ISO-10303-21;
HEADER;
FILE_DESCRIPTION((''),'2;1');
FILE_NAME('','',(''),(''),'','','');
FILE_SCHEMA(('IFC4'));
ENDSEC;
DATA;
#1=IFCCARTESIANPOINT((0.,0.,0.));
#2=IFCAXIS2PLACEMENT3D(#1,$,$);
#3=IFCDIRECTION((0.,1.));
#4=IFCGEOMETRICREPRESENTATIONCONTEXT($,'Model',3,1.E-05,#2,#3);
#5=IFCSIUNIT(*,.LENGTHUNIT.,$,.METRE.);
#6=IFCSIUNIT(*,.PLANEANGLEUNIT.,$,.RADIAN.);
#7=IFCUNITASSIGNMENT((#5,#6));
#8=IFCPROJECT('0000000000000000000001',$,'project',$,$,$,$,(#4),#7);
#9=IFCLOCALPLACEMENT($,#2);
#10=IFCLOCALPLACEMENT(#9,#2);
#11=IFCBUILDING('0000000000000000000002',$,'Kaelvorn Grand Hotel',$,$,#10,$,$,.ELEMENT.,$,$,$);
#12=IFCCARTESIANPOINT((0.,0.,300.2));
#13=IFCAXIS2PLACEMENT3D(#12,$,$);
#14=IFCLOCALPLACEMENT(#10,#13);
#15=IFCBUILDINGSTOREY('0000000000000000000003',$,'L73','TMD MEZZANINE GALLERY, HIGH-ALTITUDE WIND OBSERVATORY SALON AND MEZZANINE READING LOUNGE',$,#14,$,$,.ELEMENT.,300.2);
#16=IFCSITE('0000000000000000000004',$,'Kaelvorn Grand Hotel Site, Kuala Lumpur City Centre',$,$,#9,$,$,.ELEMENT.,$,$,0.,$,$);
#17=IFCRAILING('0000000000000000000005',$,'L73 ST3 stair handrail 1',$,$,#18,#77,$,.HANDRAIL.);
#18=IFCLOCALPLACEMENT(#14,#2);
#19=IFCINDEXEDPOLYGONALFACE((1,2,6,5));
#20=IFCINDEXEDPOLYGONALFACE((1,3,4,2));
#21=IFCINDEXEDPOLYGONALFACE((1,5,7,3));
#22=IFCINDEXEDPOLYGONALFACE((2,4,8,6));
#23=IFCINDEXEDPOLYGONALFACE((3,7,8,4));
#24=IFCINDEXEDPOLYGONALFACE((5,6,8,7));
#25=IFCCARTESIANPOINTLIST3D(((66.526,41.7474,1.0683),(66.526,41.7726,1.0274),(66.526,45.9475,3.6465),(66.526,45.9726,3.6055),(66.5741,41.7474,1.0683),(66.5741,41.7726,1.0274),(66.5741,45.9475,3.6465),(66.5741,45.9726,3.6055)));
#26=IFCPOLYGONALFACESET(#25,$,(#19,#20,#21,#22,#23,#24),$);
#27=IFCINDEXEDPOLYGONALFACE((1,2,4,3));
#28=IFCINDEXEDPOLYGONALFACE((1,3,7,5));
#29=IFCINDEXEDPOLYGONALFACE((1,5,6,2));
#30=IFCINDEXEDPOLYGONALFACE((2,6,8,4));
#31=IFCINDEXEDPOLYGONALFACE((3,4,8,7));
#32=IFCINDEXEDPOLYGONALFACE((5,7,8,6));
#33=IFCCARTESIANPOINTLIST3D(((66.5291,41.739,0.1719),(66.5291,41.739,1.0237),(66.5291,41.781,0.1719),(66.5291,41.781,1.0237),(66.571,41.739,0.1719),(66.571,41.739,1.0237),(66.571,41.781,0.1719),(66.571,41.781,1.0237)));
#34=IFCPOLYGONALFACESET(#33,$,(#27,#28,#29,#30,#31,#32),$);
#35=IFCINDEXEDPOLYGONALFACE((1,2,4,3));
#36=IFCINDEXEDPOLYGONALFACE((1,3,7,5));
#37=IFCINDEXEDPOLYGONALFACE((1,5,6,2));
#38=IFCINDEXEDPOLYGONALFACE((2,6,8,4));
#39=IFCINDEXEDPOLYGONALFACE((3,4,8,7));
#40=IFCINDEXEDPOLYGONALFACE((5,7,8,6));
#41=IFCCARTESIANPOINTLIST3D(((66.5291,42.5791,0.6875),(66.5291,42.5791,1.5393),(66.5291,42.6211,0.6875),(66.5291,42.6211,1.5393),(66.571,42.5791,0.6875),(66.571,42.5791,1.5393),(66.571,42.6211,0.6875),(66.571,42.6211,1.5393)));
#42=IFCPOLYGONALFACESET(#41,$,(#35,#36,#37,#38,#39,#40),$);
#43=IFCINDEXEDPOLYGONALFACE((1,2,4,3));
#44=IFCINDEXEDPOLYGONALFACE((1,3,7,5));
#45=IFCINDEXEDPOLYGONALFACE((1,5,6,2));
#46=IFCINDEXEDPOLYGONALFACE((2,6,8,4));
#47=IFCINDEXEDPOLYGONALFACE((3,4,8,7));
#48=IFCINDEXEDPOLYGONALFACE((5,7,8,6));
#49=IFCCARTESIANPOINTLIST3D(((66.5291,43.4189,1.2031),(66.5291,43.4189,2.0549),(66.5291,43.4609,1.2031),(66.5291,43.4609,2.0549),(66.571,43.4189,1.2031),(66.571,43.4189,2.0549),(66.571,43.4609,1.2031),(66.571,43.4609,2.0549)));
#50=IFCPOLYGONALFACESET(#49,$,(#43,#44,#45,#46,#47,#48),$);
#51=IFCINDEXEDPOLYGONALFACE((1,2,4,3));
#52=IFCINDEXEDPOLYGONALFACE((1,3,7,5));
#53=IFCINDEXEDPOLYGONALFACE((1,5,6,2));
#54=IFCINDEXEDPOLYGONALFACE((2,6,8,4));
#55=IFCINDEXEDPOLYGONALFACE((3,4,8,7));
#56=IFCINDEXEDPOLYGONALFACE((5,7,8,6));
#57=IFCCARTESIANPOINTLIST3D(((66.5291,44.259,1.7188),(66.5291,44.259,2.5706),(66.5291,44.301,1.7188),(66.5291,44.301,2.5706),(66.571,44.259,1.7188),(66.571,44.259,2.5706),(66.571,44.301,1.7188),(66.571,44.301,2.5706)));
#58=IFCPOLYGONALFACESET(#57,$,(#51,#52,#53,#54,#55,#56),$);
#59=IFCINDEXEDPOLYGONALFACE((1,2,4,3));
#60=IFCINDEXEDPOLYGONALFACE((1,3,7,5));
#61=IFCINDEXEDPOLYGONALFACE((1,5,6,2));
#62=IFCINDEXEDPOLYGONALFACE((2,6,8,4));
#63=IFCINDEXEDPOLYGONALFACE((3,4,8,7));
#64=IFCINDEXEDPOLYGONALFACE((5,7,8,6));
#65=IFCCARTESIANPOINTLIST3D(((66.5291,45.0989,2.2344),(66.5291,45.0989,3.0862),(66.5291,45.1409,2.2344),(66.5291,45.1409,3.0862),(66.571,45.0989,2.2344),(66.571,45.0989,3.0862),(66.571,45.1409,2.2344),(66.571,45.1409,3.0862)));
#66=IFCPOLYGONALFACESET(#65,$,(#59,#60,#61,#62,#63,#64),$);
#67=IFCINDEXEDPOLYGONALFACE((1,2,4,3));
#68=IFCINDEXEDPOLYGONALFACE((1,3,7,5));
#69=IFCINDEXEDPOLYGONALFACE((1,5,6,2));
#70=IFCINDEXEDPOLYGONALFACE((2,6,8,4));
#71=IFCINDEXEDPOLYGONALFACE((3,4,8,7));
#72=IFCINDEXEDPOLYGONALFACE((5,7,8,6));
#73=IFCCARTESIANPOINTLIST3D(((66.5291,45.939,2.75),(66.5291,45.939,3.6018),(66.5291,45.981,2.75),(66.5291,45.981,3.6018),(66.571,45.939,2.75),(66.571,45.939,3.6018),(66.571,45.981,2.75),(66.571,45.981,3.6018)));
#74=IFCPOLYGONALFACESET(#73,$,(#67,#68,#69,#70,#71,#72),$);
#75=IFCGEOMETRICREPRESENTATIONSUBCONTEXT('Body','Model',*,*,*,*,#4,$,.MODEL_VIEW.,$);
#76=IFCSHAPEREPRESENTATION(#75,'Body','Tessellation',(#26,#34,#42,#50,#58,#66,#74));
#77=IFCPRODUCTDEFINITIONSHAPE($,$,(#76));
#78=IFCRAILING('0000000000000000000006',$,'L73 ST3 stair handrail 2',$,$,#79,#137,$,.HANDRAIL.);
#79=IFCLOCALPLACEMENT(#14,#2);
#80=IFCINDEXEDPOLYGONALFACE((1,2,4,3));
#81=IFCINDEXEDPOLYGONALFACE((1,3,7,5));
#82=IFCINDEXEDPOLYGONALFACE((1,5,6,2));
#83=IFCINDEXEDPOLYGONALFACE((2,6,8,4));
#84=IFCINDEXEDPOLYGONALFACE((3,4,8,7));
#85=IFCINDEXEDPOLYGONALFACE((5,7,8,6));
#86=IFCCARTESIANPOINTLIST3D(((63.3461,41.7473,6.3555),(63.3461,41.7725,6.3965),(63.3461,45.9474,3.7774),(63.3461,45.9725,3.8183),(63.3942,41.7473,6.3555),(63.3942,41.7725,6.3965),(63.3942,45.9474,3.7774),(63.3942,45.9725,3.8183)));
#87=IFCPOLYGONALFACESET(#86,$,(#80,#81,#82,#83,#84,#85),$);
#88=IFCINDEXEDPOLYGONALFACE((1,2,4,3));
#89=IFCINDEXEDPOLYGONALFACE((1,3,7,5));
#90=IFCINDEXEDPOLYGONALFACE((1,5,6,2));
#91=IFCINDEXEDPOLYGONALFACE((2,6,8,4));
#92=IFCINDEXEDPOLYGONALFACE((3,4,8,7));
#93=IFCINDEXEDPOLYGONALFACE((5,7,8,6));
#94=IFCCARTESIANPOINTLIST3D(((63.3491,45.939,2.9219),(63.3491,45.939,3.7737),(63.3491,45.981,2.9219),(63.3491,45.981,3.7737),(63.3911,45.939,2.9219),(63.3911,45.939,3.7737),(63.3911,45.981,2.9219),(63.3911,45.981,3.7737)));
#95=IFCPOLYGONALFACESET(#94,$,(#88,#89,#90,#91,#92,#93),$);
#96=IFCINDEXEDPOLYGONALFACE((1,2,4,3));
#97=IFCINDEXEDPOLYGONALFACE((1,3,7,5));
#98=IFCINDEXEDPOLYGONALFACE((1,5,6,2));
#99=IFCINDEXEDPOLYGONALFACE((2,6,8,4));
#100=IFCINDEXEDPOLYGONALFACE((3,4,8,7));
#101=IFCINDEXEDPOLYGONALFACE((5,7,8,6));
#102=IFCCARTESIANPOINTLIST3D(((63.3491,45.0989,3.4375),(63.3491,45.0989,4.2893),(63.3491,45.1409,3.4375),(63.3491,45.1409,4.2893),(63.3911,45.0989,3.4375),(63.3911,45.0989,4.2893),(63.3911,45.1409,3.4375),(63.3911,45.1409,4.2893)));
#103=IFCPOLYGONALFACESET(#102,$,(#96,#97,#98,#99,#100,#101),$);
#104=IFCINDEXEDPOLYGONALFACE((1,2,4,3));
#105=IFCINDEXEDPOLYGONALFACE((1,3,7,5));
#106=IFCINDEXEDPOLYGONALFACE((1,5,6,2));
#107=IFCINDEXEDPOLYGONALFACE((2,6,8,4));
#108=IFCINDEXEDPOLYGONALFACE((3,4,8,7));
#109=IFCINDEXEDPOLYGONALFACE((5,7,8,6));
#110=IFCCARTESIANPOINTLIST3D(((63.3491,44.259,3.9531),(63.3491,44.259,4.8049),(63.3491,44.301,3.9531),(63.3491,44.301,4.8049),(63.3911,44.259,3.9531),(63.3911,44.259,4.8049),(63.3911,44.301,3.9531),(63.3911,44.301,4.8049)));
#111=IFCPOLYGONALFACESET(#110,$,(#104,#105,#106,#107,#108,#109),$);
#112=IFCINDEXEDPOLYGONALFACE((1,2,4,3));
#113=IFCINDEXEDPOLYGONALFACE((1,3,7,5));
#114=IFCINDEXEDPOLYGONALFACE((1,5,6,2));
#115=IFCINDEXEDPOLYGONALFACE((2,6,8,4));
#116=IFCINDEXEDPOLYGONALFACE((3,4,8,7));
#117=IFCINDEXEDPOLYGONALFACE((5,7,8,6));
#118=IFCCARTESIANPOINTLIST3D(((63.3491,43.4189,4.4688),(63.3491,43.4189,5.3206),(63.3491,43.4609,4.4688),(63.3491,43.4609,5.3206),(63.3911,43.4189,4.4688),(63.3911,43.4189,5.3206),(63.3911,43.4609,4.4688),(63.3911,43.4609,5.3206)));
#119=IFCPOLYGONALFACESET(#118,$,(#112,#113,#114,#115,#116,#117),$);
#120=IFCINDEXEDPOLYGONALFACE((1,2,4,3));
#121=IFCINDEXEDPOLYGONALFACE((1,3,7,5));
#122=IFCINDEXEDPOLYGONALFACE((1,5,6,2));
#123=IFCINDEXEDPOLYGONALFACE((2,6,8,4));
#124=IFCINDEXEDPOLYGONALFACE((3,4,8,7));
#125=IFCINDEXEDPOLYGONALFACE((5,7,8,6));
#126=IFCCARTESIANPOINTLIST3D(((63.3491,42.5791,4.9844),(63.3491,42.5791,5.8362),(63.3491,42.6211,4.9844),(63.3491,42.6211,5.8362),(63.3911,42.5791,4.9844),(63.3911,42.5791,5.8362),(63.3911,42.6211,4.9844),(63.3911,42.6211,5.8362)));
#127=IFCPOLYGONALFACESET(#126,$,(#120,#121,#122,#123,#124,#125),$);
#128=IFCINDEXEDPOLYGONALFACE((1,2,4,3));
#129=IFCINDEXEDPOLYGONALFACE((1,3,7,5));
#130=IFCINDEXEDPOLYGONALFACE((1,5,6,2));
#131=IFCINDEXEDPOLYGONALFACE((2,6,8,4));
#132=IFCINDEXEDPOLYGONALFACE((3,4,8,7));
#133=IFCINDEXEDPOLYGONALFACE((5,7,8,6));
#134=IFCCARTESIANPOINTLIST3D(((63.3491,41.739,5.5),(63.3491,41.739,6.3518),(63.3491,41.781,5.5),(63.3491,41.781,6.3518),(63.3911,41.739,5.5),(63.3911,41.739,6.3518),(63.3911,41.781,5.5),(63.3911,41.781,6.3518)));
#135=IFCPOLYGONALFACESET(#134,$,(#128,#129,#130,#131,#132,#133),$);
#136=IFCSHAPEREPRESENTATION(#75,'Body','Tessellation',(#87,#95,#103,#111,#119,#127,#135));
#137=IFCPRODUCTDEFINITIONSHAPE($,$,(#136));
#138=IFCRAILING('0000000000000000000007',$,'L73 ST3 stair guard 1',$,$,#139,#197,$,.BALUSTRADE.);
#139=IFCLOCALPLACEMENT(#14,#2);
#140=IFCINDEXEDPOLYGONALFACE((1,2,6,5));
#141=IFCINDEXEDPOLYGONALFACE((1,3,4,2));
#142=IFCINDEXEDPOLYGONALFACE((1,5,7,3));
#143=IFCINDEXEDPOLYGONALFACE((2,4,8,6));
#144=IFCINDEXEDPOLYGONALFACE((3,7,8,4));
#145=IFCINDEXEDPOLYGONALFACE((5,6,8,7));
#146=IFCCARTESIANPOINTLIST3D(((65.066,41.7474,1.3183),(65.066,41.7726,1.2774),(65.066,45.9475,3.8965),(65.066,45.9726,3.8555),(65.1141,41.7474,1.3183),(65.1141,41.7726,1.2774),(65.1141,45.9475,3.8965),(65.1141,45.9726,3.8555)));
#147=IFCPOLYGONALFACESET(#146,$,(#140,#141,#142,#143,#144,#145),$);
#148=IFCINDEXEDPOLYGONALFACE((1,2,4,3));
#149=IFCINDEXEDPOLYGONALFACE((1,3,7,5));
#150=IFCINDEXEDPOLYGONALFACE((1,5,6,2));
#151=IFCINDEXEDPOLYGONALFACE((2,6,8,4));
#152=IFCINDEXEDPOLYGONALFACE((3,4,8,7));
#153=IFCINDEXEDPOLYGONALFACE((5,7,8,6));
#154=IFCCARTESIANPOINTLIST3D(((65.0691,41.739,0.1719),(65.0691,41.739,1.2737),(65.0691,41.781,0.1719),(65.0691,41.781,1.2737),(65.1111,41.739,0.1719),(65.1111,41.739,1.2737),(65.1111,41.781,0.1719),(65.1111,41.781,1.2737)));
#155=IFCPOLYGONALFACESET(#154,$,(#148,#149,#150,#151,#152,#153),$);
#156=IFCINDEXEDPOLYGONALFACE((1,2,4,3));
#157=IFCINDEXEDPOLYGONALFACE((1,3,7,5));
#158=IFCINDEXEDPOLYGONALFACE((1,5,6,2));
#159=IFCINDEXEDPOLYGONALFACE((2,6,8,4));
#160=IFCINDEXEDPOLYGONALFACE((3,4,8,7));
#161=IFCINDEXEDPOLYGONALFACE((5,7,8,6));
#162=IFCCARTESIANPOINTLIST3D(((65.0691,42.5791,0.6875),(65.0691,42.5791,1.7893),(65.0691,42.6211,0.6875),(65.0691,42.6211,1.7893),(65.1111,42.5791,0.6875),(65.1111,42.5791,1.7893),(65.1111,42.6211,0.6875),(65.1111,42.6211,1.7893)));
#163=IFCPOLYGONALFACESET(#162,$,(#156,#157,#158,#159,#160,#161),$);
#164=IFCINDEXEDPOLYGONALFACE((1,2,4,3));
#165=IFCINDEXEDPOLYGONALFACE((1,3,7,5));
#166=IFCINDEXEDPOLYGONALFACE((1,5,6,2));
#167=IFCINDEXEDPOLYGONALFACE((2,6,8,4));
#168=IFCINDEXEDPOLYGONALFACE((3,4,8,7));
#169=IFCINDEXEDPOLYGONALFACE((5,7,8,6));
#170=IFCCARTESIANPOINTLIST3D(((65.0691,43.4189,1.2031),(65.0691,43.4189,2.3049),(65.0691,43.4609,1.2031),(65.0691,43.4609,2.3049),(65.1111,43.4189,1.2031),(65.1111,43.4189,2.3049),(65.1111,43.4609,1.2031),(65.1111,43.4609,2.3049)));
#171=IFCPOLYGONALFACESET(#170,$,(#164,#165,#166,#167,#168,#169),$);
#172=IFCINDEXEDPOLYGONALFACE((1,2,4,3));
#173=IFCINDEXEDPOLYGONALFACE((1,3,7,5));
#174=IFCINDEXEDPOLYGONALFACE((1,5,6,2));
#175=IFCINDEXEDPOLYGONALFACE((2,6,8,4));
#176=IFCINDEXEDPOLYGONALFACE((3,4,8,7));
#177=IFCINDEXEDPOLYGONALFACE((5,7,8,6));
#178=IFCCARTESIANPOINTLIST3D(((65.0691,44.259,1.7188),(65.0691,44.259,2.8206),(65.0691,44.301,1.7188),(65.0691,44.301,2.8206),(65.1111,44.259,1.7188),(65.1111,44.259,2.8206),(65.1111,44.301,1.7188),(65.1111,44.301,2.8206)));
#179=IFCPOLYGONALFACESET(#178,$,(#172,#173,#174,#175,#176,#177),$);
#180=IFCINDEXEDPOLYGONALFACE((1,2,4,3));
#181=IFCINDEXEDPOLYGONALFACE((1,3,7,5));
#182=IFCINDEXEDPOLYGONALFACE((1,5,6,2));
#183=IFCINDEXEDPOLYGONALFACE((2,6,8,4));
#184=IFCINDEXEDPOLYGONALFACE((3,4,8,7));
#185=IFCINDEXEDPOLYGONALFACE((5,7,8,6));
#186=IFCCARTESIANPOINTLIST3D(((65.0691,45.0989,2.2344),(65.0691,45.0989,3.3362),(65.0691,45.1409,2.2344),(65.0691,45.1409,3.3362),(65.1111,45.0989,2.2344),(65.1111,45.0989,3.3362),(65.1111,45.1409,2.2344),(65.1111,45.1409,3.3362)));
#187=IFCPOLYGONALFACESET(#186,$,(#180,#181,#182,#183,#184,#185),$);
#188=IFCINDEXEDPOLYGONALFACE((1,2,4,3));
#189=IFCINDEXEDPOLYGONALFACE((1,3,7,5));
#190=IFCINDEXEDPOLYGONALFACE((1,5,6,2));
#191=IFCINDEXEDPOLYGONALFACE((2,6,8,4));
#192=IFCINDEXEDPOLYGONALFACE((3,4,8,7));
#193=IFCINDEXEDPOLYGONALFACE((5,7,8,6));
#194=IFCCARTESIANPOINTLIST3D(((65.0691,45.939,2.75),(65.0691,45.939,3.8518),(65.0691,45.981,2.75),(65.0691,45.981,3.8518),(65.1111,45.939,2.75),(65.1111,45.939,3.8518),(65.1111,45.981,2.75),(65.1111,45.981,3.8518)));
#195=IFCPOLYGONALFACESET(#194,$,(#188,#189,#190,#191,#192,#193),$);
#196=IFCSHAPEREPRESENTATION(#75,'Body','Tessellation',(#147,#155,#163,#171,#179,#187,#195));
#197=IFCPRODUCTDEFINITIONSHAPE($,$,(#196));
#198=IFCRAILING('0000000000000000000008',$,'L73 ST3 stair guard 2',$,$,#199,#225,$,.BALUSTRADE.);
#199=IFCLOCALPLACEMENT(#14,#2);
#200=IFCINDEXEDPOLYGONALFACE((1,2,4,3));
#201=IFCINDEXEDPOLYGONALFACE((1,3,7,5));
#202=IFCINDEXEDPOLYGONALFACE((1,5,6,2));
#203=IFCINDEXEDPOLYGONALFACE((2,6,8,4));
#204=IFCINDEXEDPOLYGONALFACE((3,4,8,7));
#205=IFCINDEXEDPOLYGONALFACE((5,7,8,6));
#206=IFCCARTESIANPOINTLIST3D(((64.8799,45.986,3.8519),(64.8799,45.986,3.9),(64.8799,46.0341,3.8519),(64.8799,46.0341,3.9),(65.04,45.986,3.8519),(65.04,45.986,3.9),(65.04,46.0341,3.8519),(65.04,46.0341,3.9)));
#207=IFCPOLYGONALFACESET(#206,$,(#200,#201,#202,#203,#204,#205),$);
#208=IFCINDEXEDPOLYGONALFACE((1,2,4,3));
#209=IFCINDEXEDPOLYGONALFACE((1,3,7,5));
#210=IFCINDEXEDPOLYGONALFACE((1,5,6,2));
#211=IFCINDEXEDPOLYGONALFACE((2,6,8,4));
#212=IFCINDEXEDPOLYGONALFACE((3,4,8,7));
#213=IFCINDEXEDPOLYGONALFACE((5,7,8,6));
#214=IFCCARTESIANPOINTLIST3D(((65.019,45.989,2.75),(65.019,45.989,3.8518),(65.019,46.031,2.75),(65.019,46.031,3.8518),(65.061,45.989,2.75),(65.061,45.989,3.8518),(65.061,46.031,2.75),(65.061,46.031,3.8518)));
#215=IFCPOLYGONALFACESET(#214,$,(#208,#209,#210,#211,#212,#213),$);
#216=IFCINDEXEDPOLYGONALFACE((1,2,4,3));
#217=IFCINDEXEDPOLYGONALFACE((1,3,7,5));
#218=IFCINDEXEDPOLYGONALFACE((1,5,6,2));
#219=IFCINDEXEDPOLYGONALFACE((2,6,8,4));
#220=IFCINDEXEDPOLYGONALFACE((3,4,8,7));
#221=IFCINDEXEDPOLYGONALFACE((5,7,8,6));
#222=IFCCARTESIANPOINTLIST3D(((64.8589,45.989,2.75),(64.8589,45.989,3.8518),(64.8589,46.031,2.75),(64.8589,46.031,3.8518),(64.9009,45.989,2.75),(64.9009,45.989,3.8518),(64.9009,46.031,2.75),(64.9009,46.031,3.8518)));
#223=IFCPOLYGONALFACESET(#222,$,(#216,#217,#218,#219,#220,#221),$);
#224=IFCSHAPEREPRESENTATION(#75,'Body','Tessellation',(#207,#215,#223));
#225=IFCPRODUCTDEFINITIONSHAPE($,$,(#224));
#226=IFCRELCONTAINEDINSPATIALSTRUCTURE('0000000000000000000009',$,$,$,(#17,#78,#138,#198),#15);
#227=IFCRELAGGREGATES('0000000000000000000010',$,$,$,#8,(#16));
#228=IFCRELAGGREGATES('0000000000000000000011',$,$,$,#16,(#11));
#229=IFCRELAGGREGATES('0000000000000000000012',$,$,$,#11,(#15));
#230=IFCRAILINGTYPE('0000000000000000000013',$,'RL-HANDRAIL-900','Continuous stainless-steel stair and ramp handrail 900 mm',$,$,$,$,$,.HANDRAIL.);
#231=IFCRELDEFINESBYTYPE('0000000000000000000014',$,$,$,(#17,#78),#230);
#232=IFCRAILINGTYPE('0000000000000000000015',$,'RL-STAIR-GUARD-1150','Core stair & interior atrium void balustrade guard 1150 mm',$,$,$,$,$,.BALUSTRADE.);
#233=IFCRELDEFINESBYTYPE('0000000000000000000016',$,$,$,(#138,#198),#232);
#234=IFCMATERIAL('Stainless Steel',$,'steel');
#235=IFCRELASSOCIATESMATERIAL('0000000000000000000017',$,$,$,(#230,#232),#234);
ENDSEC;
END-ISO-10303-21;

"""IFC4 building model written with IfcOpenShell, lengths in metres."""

from ifc_helpers import new_model, si_unit, direction, frame, origin, origin_2d, place, context, subcontext, project, spatial, rectangle, extrude, material, type_object, element, save


model = new_model("IFC4")

# Units and contexts
model_context = context("Model", 3, precision=1e-05, world=origin(), true_north=direction((0.0, 1.0)))
body_context = subcontext(model_context, "Body", "Model", "MODEL_VIEW")
ifc_project = project(units=[si_unit("LENGTHUNIT", "METRE"), si_unit("PLANEANGLEUNIT", "RADIAN")], contexts=[model_context])

# Site, building, storey
site_placement = place(None, origin())
site = spatial("IfcSite", under=ifc_project, at=site_placement, Name="Kaelvorn Grand Hotel Site, Kuala Lumpur City Centre", CompositionType="ELEMENT", RefElevation=0.0)
building_placement = place(site_placement, origin())
building = spatial("IfcBuilding", under=site, at=building_placement, Name="Kaelvorn Grand Hotel", CompositionType="ELEMENT")
storey_placement = place(building_placement, frame((0.0, 0.0, 300.2)))
storey = spatial("IfcBuildingStorey", under=building, at=storey_placement, Name="L73", Description="TMD MEZZANINE GALLERY, HIGH-ALTITUDE WIND OBSERVATORY SALON AND MEZZANINE READING LOUNGE", CompositionType="ELEMENT", Elevation=300.2)

# Shared definitions
ifc_material_1 = material(Name="Stainless Steel", Category="steel")

# Railings
railing_type_1 = type_object("IfcRailingType", Name="RL-HANDRAIL-900", Description="Continuous stainless-steel stair and ramp handrail 900 mm", PredefinedType="HANDRAIL", material=ifc_material_1)
railing_1_placement = place(storey_placement, frame((66.55, 41.76, 0.1719)))
element("IfcRailing", 1, at=railing_1_placement, inside=storey, type_object=railing_type_1, Name="L73 ST3 stair handrail 1", PredefinedType="HANDRAIL", context=body_context, shape_type="SweptSolid", body=[
    extrude(rectangle(XDim=0.0481, YDim=0.0481, at=origin_2d()), frame((0.0, 0.0, 0.876), z_axis=(0.0, 0.852243, 0.523146), x_axis=(-1.0, 0.0, 0.0)), (0.0, 0.0, 1.0), 4.9282),
    extrude(rectangle(XDim=0.042, YDim=0.042, at=origin_2d()), origin(), (0.0, 0.0, 1.0), 0.8518),
    extrude(rectangle(XDim=0.042, YDim=0.042, at=origin_2d()), frame((0.0, 0.8401, 0.5156)), (0.0, 0.0, 1.0), 0.8518),
    extrude(rectangle(XDim=0.042, YDim=0.042, at=origin_2d()), frame((0.0, 1.6799, 1.0312)), (0.0, 0.0, 1.0), 0.8518),
    extrude(rectangle(XDim=0.042, YDim=0.042, at=origin_2d()), frame((0.0, 2.52, 1.5469)), (0.0, 0.0, 1.0), 0.8518),
    extrude(rectangle(XDim=0.042, YDim=0.042, at=origin_2d()), frame((0.0, 3.3599, 2.0625)), (0.0, 0.0, 1.0), 0.8518),
    extrude(rectangle(XDim=0.042, YDim=0.042, at=origin_2d()), frame((0.0, 4.2, 2.5781)), (0.0, 0.0, 1.0), 0.8518),
])
railing_2_placement = place(storey_placement, frame((63.3701, 45.96, 2.9219)))
element("IfcRailing", 2, at=railing_2_placement, inside=storey, type_object=railing_type_1, Name="L73 ST3 stair handrail 2", PredefinedType="HANDRAIL", context=body_context, shape_type="SweptSolid", body=[
    extrude(rectangle(XDim=0.0481, YDim=0.0481, at=origin_2d()), frame((0.0, 0.0, 0.876), z_axis=(0.0, -0.852243, 0.523146), x_axis=(1.0, 0.0, 0.0)), (0.0, 0.0, 1.0), 4.9282),
    extrude(rectangle(XDim=0.042, YDim=0.042, at=origin_2d()), origin(), (0.0, 0.0, 1.0), 0.8518),
    extrude(rectangle(XDim=0.042, YDim=0.042, at=origin_2d()), frame((0.0, -0.8401, 0.5156)), (0.0, 0.0, 1.0), 0.8518),
    extrude(rectangle(XDim=0.042, YDim=0.042, at=origin_2d()), frame((0.0, -1.6799, 1.0312)), (0.0, 0.0, 1.0), 0.8518),
    extrude(rectangle(XDim=0.042, YDim=0.042, at=origin_2d()), frame((0.0, -2.52, 1.5469)), (0.0, 0.0, 1.0), 0.8518),
    extrude(rectangle(XDim=0.042, YDim=0.042, at=origin_2d()), frame((0.0, -3.3599, 2.0625)), (0.0, 0.0, 1.0), 0.8518),
    extrude(rectangle(XDim=0.042, YDim=0.042, at=origin_2d()), frame((0.0, -4.2, 2.5781)), (0.0, 0.0, 1.0), 0.8518),
])
railing_type_2 = type_object("IfcRailingType", Name="RL-STAIR-GUARD-1150", Description="Core stair & interior atrium void balustrade guard 1150 mm", PredefinedType="BALUSTRADE", material=ifc_material_1)
railing_3_placement = place(storey_placement, frame((65.0901, 41.76, 0.1719)))
element("IfcRailing", 3, at=railing_3_placement, inside=storey, type_object=railing_type_2, Name="L73 ST3 stair guard 1", PredefinedType="BALUSTRADE", context=body_context, shape_type="SweptSolid", body=[
    extrude(rectangle(XDim=0.0481, YDim=0.0481, at=origin_2d()), frame((0.0, 0.0, 1.126), z_axis=(0.0, 0.852243, 0.523146), x_axis=(-1.0, 0.0, 0.0)), (0.0, 0.0, 1.0), 4.9282),
    extrude(rectangle(XDim=0.042, YDim=0.042, at=origin_2d()), origin(), (0.0, 0.0, 1.0), 1.1018),
    extrude(rectangle(XDim=0.042, YDim=0.042, at=origin_2d()), frame((0.0, 0.8401, 0.5156)), (0.0, 0.0, 1.0), 1.1018),
    extrude(rectangle(XDim=0.042, YDim=0.042, at=origin_2d()), frame((0.0, 1.6799, 1.0312)), (0.0, 0.0, 1.0), 1.1018),
    extrude(rectangle(XDim=0.042, YDim=0.042, at=origin_2d()), frame((0.0, 2.52, 1.5469)), (0.0, 0.0, 1.0), 1.1018),
    extrude(rectangle(XDim=0.042, YDim=0.042, at=origin_2d()), frame((0.0, 3.3599, 2.0625)), (0.0, 0.0, 1.0), 1.1018),
    extrude(rectangle(XDim=0.042, YDim=0.042, at=origin_2d()), frame((0.0, 4.2, 2.5781)), (0.0, 0.0, 1.0), 1.1018),
])
railing_4_placement = place(storey_placement, frame((65.04, 46.01, 2.75)))
element("IfcRailing", 4, at=railing_4_placement, inside=storey, type_object=railing_type_2, Name="L73 ST3 stair guard 2", PredefinedType="BALUSTRADE", context=body_context, shape_type="SweptSolid", body=[
    extrude(rectangle(XDim=0.0481, YDim=0.0481, at=origin_2d()), frame((0.0, 0.0, 1.126), z_axis=(-1.0, 0.0, 0.0), x_axis=(0.0, -1.0, 0.0)), (0.0, 0.0, 1.0), 0.1602),
    extrude(rectangle(XDim=0.042, YDim=0.042, at=origin_2d()), origin(), (0.0, 0.0, 1.0), 1.1018),
    extrude(rectangle(XDim=0.042, YDim=0.042, at=origin_2d()), frame((-0.1602, 0.0, 0.0)), (0.0, 0.0, 1.0), 1.1018),
])

save(model, "model.ifc")
